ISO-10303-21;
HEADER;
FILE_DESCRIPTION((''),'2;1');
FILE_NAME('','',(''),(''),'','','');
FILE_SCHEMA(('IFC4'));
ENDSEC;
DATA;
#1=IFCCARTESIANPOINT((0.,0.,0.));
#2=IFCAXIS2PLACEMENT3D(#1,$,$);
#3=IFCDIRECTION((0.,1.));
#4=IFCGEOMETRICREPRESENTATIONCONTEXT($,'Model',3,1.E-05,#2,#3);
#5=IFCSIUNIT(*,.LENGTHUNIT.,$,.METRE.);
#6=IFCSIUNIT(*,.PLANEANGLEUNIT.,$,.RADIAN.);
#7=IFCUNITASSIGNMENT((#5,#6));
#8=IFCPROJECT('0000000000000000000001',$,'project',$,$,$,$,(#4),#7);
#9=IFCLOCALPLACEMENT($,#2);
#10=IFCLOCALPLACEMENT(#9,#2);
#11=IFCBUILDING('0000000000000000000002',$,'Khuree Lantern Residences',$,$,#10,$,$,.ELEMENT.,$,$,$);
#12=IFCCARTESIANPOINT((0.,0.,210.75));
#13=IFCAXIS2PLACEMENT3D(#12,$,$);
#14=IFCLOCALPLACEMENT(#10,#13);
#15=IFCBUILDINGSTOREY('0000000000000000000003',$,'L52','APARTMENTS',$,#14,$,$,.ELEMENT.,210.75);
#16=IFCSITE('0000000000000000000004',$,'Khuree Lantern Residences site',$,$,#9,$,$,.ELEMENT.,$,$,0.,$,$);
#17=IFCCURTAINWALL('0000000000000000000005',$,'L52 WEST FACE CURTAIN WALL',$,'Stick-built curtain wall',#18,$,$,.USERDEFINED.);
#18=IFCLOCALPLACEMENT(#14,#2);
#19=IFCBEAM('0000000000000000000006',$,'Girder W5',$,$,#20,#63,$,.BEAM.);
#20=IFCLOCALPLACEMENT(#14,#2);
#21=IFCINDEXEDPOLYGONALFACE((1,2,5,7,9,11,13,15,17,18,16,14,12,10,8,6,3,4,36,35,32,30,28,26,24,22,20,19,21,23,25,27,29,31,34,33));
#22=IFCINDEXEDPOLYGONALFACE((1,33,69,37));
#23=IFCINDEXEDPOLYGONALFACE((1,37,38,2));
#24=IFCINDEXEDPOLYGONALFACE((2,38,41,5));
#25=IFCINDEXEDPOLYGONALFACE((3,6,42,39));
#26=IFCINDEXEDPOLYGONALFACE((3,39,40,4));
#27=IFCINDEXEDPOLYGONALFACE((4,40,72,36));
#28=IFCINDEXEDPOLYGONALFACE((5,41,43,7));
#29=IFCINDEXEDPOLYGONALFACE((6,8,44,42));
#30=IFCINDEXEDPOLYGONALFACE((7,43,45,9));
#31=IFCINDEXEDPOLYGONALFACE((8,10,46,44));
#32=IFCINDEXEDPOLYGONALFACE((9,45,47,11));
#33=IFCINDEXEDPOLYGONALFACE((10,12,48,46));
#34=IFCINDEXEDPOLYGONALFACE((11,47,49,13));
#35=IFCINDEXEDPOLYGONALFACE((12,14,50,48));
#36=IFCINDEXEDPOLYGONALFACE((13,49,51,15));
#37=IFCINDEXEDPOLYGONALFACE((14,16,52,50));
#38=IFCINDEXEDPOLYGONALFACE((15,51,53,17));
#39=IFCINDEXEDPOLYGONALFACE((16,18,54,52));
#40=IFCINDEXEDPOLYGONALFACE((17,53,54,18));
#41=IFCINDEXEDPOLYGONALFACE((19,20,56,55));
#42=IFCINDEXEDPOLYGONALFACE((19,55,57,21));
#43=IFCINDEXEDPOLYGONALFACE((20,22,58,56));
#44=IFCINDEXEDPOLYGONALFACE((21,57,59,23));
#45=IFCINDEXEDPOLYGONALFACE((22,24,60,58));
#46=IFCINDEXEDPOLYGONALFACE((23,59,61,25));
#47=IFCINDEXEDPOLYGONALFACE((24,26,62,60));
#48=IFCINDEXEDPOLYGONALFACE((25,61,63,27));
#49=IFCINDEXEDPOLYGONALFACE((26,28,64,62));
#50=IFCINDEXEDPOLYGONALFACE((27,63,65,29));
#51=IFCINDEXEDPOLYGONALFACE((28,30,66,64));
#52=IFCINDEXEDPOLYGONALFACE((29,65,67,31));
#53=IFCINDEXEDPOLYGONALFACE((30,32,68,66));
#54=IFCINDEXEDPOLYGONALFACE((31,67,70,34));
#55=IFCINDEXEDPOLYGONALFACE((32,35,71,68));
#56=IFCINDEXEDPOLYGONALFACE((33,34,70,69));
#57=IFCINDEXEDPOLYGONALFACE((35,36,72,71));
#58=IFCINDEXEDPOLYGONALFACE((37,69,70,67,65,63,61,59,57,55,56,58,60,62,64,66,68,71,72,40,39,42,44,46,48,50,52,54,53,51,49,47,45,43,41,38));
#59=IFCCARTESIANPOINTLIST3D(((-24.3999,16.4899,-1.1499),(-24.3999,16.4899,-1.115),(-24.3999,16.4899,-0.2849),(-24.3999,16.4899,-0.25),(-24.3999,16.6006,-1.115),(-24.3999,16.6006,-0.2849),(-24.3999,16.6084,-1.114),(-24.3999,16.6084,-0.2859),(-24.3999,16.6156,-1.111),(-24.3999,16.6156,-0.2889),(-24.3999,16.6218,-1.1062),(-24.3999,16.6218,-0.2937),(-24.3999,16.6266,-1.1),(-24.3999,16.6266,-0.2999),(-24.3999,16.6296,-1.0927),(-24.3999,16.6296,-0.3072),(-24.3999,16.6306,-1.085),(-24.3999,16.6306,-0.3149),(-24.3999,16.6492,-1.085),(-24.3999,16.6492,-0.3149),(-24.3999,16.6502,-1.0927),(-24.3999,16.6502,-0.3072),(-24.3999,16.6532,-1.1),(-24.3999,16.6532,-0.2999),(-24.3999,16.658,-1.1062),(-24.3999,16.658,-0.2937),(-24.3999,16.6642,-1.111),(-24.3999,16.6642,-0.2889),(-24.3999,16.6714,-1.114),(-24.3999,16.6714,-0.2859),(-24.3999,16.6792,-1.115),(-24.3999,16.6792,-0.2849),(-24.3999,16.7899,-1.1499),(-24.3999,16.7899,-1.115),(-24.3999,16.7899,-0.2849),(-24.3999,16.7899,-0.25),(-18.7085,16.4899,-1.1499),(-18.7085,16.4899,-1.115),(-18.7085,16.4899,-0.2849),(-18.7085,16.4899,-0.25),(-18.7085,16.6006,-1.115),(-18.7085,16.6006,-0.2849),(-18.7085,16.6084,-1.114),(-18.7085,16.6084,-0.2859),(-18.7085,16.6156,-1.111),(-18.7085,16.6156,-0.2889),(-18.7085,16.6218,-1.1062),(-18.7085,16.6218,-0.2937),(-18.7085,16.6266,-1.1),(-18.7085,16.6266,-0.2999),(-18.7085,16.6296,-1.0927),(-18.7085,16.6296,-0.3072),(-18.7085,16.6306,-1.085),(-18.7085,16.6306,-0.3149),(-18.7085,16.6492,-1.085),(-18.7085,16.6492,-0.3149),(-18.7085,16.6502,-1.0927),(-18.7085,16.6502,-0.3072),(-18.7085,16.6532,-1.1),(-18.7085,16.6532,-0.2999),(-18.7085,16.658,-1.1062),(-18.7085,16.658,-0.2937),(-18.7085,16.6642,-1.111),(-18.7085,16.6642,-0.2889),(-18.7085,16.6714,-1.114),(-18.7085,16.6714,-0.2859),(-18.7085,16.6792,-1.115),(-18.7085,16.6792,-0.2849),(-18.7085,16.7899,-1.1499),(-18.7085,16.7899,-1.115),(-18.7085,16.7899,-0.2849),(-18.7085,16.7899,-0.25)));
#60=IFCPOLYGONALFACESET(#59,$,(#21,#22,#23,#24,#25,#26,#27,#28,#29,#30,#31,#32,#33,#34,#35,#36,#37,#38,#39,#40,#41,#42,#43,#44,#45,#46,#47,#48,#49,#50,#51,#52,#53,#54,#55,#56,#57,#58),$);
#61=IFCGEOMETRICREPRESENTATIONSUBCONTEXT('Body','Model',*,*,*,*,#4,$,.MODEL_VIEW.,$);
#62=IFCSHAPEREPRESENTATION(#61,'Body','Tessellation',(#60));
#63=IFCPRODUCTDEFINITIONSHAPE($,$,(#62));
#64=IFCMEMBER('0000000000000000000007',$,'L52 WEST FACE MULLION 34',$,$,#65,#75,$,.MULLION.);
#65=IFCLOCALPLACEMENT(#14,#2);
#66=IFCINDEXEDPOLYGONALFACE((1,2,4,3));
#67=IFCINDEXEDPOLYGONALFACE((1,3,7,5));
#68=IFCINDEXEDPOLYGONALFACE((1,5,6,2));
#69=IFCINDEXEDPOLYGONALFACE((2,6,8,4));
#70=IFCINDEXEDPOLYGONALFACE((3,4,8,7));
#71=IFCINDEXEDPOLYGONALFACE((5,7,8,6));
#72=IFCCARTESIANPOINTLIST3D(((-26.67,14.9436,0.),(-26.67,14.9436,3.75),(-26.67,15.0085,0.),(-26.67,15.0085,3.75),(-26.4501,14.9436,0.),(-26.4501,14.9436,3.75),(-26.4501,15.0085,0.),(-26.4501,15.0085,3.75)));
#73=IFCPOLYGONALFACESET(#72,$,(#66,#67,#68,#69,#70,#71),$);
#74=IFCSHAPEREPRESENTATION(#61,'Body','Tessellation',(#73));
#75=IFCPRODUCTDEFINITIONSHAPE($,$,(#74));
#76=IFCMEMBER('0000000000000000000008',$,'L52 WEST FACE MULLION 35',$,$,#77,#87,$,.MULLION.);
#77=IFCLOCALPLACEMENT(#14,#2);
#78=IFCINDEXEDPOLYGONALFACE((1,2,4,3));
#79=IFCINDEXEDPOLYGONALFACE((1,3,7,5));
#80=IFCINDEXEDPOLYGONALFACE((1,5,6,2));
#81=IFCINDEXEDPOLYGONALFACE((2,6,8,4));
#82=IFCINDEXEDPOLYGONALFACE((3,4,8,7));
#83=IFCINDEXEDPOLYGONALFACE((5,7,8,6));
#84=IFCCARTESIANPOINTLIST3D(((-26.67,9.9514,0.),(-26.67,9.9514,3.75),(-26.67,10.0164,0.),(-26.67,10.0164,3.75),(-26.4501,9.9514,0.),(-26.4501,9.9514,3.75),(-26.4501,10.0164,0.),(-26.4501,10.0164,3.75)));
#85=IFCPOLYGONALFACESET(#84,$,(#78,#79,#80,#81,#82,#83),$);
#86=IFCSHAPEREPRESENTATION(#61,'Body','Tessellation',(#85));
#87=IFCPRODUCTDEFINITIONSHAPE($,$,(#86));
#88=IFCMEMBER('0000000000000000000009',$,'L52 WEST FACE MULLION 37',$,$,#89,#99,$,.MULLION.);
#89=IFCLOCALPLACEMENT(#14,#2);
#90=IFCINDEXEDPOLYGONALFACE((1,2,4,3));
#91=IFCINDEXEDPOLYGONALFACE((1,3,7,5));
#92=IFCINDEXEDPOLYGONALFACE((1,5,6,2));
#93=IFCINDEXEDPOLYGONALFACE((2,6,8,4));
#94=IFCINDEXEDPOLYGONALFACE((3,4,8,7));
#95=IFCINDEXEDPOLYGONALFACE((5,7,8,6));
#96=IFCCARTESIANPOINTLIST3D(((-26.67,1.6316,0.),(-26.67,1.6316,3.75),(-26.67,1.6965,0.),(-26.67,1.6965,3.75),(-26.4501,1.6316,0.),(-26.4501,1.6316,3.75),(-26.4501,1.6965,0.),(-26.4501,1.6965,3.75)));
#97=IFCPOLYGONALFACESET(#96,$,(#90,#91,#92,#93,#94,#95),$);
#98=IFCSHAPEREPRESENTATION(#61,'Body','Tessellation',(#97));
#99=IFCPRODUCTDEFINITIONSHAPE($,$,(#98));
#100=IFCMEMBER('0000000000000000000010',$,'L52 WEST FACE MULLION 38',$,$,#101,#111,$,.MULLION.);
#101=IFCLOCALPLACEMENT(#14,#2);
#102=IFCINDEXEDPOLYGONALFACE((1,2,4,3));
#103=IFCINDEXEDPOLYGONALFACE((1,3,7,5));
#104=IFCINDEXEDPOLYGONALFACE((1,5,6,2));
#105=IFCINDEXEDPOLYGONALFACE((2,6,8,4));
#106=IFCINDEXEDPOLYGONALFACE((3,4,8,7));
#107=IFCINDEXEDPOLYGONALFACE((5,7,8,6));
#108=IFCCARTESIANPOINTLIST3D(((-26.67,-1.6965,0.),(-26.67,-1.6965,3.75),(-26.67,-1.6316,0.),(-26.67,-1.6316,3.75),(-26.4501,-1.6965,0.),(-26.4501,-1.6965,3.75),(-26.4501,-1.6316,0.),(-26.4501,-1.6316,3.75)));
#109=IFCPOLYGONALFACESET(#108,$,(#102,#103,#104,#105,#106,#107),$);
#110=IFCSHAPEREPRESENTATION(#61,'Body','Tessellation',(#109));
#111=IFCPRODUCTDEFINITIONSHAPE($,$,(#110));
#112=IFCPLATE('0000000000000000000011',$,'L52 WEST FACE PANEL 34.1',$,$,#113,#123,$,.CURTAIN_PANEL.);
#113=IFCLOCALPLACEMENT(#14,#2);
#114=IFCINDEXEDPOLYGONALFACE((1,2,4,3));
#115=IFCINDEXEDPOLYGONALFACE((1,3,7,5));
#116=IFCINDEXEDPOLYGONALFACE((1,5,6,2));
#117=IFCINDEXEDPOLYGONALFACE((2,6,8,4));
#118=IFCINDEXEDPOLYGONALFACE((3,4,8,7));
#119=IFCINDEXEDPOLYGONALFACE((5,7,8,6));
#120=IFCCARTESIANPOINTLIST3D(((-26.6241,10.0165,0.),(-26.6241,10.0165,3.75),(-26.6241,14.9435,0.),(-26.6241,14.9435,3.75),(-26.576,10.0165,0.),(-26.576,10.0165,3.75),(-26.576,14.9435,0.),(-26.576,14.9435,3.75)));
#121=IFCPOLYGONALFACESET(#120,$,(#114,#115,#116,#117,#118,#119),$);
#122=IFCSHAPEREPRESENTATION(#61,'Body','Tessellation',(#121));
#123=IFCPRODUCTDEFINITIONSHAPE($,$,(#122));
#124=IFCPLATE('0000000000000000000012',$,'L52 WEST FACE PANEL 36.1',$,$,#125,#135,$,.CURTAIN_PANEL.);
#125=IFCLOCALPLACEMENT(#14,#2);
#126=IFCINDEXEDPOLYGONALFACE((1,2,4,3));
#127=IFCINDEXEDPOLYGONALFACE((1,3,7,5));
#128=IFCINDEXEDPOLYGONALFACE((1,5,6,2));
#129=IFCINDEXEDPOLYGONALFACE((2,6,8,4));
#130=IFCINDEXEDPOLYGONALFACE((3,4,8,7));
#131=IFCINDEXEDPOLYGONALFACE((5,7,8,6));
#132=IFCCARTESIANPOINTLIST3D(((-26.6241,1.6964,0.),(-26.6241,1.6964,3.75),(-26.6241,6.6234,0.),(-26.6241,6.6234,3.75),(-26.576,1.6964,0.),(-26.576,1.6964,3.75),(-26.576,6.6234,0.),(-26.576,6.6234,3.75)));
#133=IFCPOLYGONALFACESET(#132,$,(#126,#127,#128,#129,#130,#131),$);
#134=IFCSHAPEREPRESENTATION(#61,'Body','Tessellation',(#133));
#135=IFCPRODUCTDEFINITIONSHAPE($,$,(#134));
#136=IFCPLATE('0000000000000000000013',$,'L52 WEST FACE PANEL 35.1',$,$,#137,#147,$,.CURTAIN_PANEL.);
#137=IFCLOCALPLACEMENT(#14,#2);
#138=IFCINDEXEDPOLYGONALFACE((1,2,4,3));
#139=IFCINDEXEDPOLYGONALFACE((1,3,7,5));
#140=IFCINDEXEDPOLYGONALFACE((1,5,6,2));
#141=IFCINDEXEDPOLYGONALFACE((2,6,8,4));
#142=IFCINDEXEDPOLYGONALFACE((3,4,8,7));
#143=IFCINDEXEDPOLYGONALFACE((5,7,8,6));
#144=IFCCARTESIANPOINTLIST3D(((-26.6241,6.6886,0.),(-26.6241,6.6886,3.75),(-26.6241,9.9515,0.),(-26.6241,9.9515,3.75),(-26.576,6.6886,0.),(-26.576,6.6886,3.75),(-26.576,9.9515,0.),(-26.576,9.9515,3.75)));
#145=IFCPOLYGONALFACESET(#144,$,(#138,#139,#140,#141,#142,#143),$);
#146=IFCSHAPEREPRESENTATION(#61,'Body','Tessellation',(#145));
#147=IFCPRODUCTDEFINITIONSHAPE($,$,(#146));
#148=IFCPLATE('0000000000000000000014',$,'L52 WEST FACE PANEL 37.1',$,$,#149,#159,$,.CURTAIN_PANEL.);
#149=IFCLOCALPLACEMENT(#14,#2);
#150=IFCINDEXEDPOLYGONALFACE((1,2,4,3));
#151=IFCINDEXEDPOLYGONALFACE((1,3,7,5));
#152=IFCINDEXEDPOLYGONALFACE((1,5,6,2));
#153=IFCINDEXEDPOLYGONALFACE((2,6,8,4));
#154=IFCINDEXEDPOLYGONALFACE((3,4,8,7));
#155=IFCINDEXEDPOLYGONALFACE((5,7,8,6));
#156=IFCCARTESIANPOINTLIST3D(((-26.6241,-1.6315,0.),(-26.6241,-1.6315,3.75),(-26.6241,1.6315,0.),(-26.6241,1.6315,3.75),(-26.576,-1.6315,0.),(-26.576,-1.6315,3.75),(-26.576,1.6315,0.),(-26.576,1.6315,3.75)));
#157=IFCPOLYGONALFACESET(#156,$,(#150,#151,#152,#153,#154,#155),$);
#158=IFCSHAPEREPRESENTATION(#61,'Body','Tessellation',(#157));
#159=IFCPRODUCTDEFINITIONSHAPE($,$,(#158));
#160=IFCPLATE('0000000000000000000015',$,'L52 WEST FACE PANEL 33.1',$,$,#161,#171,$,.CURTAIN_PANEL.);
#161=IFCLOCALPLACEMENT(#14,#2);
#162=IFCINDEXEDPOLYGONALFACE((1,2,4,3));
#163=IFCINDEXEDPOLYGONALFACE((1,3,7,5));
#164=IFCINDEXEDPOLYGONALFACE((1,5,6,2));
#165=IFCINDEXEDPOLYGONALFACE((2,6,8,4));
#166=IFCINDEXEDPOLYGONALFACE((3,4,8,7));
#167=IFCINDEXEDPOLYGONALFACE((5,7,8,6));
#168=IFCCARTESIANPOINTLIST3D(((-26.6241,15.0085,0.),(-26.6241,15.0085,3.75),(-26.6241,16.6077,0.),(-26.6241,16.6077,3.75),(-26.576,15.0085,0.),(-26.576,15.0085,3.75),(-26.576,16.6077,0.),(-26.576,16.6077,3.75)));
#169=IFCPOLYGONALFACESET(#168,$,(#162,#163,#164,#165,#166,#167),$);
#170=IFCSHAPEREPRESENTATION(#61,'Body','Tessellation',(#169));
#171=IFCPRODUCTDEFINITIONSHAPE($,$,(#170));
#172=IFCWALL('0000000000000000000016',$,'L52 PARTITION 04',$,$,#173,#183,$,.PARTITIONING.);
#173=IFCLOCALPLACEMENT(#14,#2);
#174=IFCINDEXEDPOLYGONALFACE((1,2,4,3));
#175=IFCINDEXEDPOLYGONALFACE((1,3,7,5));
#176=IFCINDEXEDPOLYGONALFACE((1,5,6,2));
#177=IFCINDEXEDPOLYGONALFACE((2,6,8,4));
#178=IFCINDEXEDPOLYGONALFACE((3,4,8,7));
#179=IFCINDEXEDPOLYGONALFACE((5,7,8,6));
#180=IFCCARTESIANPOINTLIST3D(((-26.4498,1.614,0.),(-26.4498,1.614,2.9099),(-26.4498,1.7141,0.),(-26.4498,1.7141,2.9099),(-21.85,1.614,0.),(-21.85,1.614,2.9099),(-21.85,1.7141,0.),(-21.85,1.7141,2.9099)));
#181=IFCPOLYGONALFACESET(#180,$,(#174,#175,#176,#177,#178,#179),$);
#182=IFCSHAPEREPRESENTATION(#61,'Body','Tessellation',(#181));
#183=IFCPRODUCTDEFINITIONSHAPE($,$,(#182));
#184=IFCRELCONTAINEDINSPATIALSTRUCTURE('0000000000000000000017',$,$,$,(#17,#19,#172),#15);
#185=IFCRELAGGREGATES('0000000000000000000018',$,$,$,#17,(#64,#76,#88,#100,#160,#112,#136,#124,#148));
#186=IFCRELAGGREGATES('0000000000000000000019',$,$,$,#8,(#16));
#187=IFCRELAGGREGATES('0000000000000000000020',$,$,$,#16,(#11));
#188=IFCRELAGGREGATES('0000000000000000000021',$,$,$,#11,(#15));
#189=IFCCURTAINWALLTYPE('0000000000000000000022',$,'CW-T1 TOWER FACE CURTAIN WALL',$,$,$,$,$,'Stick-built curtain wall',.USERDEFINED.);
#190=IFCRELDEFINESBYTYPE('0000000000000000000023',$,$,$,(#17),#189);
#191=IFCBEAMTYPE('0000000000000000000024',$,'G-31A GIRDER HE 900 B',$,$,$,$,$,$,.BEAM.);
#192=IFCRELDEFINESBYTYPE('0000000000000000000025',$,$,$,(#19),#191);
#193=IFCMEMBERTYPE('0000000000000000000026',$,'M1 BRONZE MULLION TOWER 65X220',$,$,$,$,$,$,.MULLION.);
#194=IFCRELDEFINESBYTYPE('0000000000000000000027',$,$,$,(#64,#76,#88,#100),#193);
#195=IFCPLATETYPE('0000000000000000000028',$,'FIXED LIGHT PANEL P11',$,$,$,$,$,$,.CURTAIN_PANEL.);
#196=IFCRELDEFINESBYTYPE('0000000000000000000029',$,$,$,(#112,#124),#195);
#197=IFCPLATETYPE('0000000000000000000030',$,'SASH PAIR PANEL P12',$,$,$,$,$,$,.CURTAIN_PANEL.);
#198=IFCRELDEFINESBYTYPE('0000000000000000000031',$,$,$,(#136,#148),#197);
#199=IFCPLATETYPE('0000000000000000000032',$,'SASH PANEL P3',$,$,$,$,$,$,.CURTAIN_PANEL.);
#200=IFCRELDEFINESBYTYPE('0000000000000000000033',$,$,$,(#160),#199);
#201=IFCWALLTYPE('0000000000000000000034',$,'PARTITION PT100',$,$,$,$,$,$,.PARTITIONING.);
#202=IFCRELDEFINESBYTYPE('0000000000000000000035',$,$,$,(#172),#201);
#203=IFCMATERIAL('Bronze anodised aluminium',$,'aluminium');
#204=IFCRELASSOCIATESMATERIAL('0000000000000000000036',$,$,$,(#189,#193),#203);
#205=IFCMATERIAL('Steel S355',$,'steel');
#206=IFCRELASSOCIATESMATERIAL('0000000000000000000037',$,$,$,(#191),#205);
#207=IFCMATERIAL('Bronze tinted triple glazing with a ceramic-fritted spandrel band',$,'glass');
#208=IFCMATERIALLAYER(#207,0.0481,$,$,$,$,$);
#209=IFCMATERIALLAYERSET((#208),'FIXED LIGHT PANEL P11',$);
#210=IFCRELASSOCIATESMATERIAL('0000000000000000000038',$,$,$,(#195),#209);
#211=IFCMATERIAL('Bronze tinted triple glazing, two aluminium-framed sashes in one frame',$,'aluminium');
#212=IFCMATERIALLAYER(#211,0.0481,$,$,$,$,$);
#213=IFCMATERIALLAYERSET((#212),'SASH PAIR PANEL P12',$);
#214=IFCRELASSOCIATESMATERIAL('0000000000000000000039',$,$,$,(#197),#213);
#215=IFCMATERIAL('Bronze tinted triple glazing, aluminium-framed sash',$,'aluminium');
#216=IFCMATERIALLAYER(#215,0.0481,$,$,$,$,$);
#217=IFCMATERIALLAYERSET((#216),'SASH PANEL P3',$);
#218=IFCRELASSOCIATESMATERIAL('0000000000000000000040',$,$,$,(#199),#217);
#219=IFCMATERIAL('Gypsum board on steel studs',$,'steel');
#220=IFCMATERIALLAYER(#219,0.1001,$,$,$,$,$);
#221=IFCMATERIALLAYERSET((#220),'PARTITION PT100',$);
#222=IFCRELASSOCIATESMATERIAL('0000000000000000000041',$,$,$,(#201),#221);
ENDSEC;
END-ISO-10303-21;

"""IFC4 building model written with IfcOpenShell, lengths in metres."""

from ifc_helpers import new_model, si_unit, direction, frame, frame_2d, origin, origin_2d, place, context, subcontext, project, spatial, rectangle, i_section, extrude, material, layer, layer_set, material_profile, profile_set, type_object, element, aggregate, save


model = new_model("IFC4")

# Units and contexts
model_context = context("Model", 3, precision=1e-05, world=origin(), true_north=direction((0.0, 1.0)))
body_context = subcontext(model_context, "Body", "Model", "MODEL_VIEW")
ifc_project = project(units=[si_unit("LENGTHUNIT", "METRE"), si_unit("PLANEANGLEUNIT", "RADIAN")], contexts=[model_context])

# Site, building, storey
site_placement = place(None, origin())
site = spatial("IfcSite", under=ifc_project, at=site_placement, Name="Khuree Lantern Residences site", CompositionType="ELEMENT", RefElevation=0.0)
building_placement = place(site_placement, origin())
building = spatial("IfcBuilding", under=site, at=building_placement, Name="Khuree Lantern Residences", CompositionType="ELEMENT")
storey_placement = place(building_placement, frame((0.0, 0.0, 210.75)))
storey = spatial("IfcBuildingStorey", under=building, at=storey_placement, Name="L52", Description="APARTMENTS", CompositionType="ELEMENT", Elevation=210.75)

# Shared definitions
ifc_material_1 = material(Name="Steel S355", Category="steel")

# Curtain wall
ifc_material_2 = material(Name="Bronze anodised aluminium", Category="aluminium")
curtain_wall_type = type_object("IfcCurtainWallType", Name="CW-T1 TOWER FACE CURTAIN WALL", ElementType="Stick-built curtain wall", PredefinedType="USERDEFINED", material=ifc_material_2)
curtain_wall_placement = place(storey_placement, origin())
curtain_wall = element("IfcCurtainWall", 1, at=curtain_wall_placement, inside=storey, type_object=curtain_wall_type, Name="L52 WEST FACE CURTAIN WALL", ObjectType="Stick-built curtain wall", PredefinedType="USERDEFINED")

# Beam
ifc_material_profile_1 = material_profile(ifc_material_1, i_section(OverallWidth=0.3, OverallDepth=0.8999, WebThickness=0.0186, FlangeThickness=0.0349, FilletRadius=0.03, at=origin_2d()), Name="HE 900 B")
ifc_profile_set_1 = profile_set([ifc_material_profile_1], Name="Steel S355")
beam_type_1 = type_object("IfcBeamType", Name="G-31A GIRDER HE 900 B", PredefinedType="BEAM", material=ifc_profile_set_1)
beam_1_placement = place(storey_placement, frame((-24.3999, 16.6399, -0.7), z_axis=(1.0, 0.0, 0.0), x_axis=(0.0, 1.0, 0.0)))
element("IfcBeam", 2, at=beam_1_placement, inside=storey, type_object=beam_type_1, Name="Girder W5", PredefinedType="BEAM", context=body_context, shape_type="SweptSolid", body=[
    extrude(i_section(OverallWidth=0.3, OverallDepth=0.8999, WebThickness=0.0186, FlangeThickness=0.0349, FilletRadius=0.03, at=origin_2d()), origin(), (0.0, 0.0, 1.0), 5.6914),
])

# Members
ifc_material_profile_2 = material_profile(ifc_material_2, rectangle(XDim=0.0649, YDim=0.22, at=origin_2d()), Name="M1 65X220")
ifc_profile_set_2 = profile_set([ifc_material_profile_2], Name="Bronze anodised aluminium")
member_type_1 = type_object("IfcMemberType", Name="M1 BRONZE MULLION TOWER 65X220", PredefinedType="MULLION", material=ifc_profile_set_2)
member_1_placement = place(storey_placement, frame((-26.5601, 14.9761, 0.0), z_axis=(0.0, 0.0, 1.0), x_axis=(0.0, -1.0, 0.0)))
member_1 = element("IfcMember", 3, at=member_1_placement, type_object=member_type_1, Name="L52 WEST FACE MULLION 34", PredefinedType="MULLION", context=body_context, shape_type="SweptSolid", body=[
    extrude(rectangle(XDim=0.0649, YDim=0.22, at=origin_2d()), origin(), (0.0, 0.0, 1.0), 3.75),
])
member_2_placement = place(storey_placement, frame((-26.5601, 9.9839, 0.0), z_axis=(0.0, 0.0, 1.0), x_axis=(0.0, -1.0, 0.0)))
member_2 = element("IfcMember", 4, at=member_2_placement, type_object=member_type_1, Name="L52 WEST FACE MULLION 35", PredefinedType="MULLION", context=body_context, shape_type="SweptSolid", body=[
    extrude(rectangle(XDim=0.0649, YDim=0.22, at=origin_2d()), origin(), (0.0, 0.0, 1.0), 3.75),
])
member_3_placement = place(storey_placement, frame((-26.5601, 1.6641, 0.0), z_axis=(0.0, 0.0, 1.0), x_axis=(0.0, -1.0, 0.0)))
member_3 = element("IfcMember", 5, at=member_3_placement, type_object=member_type_1, Name="L52 WEST FACE MULLION 37", PredefinedType="MULLION", context=body_context, shape_type="SweptSolid", body=[
    extrude(rectangle(XDim=0.0649, YDim=0.22, at=origin_2d()), origin(), (0.0, 0.0, 1.0), 3.75),
])
member_4_placement = place(storey_placement, frame((-26.5601, -1.6641, 0.0), z_axis=(0.0, 0.0, 1.0), x_axis=(0.0, -1.0, 0.0)))
member_4 = element("IfcMember", 6, at=member_4_placement, type_object=member_type_1, Name="L52 WEST FACE MULLION 38", PredefinedType="MULLION", context=body_context, shape_type="SweptSolid", body=[
    extrude(rectangle(XDim=0.0649, YDim=0.22, at=origin_2d()), origin(), (0.0, 0.0, 1.0), 3.75),
])

# Plates
ifc_material_3 = material(Name="Bronze tinted triple glazing with a ceramic-fritted spandrel band", Category="glass")
ifc_layer_1 = layer(ifc_material_3, 0.0481)
ifc_layer_set_1 = layer_set([ifc_layer_1], Name="FIXED LIGHT PANEL P11")
plate_type_1 = type_object("IfcPlateType", Name="FIXED LIGHT PANEL P11", PredefinedType="CURTAIN_PANEL", material=ifc_layer_set_1)
plate_1_placement = place(storey_placement, frame((-26.6001, 12.48, 0.0), z_axis=(0.0, 0.0, 1.0), x_axis=(0.0, -1.0, 0.0)))
plate_1 = element("IfcPlate", 7, at=plate_1_placement, type_object=plate_type_1, Name="L52 WEST FACE PANEL 34.1", PredefinedType="CURTAIN_PANEL", context=body_context, shape_type="SweptSolid", body=[
    extrude(rectangle(XDim=4.927, YDim=0.0481, at=origin_2d()), origin(), (0.0, 0.0, 1.0), 3.75),
])
plate_2_placement = place(storey_placement, frame((-26.6001, 4.1599, 0.0), z_axis=(0.0, 0.0, 1.0), x_axis=(0.0, -1.0, 0.0)))
plate_2 = element("IfcPlate", 8, at=plate_2_placement, type_object=plate_type_1, Name="L52 WEST FACE PANEL 36.1", PredefinedType="CURTAIN_PANEL", context=body_context, shape_type="SweptSolid", body=[
    extrude(rectangle(XDim=4.927, YDim=0.0481, at=origin_2d()), origin(), (0.0, 0.0, 1.0), 3.75),
])
ifc_material_4 = material(Name="Bronze tinted triple glazing, two aluminium-framed sashes in one frame", Category="aluminium")
ifc_layer_2 = layer(ifc_material_4, 0.0481)
ifc_layer_set_2 = layer_set([ifc_layer_2], Name="SASH PAIR PANEL P12")
plate_type_2 = type_object("IfcPlateType", Name="SASH PAIR PANEL P12", PredefinedType="CURTAIN_PANEL", material=ifc_layer_set_2)
plate_3_placement = place(storey_placement, frame((-26.6001, 8.3201, 0.0), z_axis=(0.0, 0.0, 1.0), x_axis=(0.0, -1.0, 0.0)))
plate_3 = element("IfcPlate", 9, at=plate_3_placement, type_object=plate_type_2, Name="L52 WEST FACE PANEL 35.1", PredefinedType="CURTAIN_PANEL", context=body_context, shape_type="SweptSolid", body=[
    extrude(rectangle(XDim=3.2629, YDim=0.0481, at=origin_2d()), origin(), (0.0, 0.0, 1.0), 3.75),
])
plate_4_placement = place(storey_placement, frame((-26.6001, 0.0, 0.0), z_axis=(0.0, 0.0, 1.0), x_axis=(0.0, -1.0, 0.0)))
plate_4 = element("IfcPlate", 10, at=plate_4_placement, type_object=plate_type_2, Name="L52 WEST FACE PANEL 37.1", PredefinedType="CURTAIN_PANEL", context=body_context, shape_type="SweptSolid", body=[
    extrude(rectangle(XDim=3.2629, YDim=0.0481, at=origin_2d()), origin(), (0.0, 0.0, 1.0), 3.75),
])
ifc_material_5 = material(Name="Bronze tinted triple glazing, aluminium-framed sash", Category="aluminium")
ifc_layer_3 = layer(ifc_material_5, 0.0481)
ifc_layer_set_3 = layer_set([ifc_layer_3], Name="SASH PANEL P3")
plate_type_3 = type_object("IfcPlateType", Name="SASH PANEL P3", PredefinedType="CURTAIN_PANEL", material=ifc_layer_set_3)
plate_5_placement = place(storey_placement, frame((-26.6001, 15.8081, 0.0), z_axis=(0.0, 0.0, 1.0), x_axis=(0.0, -1.0, 0.0)))
plate_5 = element("IfcPlate", 11, at=plate_5_placement, type_object=plate_type_3, Name="L52 WEST FACE PANEL 33.1", PredefinedType="CURTAIN_PANEL", context=body_context, shape_type="SweptSolid", body=[
    extrude(rectangle(XDim=1.5991, YDim=0.0481, at=origin_2d()), origin(), (0.0, 0.0, 1.0), 3.75),
])
aggregate(curtain_wall, [member_1, member_2, member_3, member_4, plate_5, plate_1, plate_3, plate_2, plate_4])

# Wall
ifc_material_6 = material(Name="Gypsum board on steel studs", Category="steel")
ifc_layer_4 = layer(ifc_material_6, 0.1001)
ifc_layer_set_4 = layer_set([ifc_layer_4], Name="PARTITION PT100")
wall_type = type_object("IfcWallType", Name="PARTITION PT100", PredefinedType="PARTITIONING", material=ifc_layer_set_4)
wall_placement = place(storey_placement, frame((-21.8501, 1.6641, 0.0), z_axis=(0.0, 0.0, 1.0), x_axis=(-1.0, 0.0, 0.0)))
element("IfcWall", 12, at=wall_placement, inside=storey, type_object=wall_type, Name="L52 PARTITION 04", PredefinedType="PARTITIONING", context=body_context, shape_type="SweptSolid", body=[
    extrude(rectangle(XDim=4.5999, YDim=0.1001, at=frame_2d((2.2998, 0.0))), origin(), (0.0, 0.0, 1.0), 2.9099),
])

save(model, "model.ifc")
